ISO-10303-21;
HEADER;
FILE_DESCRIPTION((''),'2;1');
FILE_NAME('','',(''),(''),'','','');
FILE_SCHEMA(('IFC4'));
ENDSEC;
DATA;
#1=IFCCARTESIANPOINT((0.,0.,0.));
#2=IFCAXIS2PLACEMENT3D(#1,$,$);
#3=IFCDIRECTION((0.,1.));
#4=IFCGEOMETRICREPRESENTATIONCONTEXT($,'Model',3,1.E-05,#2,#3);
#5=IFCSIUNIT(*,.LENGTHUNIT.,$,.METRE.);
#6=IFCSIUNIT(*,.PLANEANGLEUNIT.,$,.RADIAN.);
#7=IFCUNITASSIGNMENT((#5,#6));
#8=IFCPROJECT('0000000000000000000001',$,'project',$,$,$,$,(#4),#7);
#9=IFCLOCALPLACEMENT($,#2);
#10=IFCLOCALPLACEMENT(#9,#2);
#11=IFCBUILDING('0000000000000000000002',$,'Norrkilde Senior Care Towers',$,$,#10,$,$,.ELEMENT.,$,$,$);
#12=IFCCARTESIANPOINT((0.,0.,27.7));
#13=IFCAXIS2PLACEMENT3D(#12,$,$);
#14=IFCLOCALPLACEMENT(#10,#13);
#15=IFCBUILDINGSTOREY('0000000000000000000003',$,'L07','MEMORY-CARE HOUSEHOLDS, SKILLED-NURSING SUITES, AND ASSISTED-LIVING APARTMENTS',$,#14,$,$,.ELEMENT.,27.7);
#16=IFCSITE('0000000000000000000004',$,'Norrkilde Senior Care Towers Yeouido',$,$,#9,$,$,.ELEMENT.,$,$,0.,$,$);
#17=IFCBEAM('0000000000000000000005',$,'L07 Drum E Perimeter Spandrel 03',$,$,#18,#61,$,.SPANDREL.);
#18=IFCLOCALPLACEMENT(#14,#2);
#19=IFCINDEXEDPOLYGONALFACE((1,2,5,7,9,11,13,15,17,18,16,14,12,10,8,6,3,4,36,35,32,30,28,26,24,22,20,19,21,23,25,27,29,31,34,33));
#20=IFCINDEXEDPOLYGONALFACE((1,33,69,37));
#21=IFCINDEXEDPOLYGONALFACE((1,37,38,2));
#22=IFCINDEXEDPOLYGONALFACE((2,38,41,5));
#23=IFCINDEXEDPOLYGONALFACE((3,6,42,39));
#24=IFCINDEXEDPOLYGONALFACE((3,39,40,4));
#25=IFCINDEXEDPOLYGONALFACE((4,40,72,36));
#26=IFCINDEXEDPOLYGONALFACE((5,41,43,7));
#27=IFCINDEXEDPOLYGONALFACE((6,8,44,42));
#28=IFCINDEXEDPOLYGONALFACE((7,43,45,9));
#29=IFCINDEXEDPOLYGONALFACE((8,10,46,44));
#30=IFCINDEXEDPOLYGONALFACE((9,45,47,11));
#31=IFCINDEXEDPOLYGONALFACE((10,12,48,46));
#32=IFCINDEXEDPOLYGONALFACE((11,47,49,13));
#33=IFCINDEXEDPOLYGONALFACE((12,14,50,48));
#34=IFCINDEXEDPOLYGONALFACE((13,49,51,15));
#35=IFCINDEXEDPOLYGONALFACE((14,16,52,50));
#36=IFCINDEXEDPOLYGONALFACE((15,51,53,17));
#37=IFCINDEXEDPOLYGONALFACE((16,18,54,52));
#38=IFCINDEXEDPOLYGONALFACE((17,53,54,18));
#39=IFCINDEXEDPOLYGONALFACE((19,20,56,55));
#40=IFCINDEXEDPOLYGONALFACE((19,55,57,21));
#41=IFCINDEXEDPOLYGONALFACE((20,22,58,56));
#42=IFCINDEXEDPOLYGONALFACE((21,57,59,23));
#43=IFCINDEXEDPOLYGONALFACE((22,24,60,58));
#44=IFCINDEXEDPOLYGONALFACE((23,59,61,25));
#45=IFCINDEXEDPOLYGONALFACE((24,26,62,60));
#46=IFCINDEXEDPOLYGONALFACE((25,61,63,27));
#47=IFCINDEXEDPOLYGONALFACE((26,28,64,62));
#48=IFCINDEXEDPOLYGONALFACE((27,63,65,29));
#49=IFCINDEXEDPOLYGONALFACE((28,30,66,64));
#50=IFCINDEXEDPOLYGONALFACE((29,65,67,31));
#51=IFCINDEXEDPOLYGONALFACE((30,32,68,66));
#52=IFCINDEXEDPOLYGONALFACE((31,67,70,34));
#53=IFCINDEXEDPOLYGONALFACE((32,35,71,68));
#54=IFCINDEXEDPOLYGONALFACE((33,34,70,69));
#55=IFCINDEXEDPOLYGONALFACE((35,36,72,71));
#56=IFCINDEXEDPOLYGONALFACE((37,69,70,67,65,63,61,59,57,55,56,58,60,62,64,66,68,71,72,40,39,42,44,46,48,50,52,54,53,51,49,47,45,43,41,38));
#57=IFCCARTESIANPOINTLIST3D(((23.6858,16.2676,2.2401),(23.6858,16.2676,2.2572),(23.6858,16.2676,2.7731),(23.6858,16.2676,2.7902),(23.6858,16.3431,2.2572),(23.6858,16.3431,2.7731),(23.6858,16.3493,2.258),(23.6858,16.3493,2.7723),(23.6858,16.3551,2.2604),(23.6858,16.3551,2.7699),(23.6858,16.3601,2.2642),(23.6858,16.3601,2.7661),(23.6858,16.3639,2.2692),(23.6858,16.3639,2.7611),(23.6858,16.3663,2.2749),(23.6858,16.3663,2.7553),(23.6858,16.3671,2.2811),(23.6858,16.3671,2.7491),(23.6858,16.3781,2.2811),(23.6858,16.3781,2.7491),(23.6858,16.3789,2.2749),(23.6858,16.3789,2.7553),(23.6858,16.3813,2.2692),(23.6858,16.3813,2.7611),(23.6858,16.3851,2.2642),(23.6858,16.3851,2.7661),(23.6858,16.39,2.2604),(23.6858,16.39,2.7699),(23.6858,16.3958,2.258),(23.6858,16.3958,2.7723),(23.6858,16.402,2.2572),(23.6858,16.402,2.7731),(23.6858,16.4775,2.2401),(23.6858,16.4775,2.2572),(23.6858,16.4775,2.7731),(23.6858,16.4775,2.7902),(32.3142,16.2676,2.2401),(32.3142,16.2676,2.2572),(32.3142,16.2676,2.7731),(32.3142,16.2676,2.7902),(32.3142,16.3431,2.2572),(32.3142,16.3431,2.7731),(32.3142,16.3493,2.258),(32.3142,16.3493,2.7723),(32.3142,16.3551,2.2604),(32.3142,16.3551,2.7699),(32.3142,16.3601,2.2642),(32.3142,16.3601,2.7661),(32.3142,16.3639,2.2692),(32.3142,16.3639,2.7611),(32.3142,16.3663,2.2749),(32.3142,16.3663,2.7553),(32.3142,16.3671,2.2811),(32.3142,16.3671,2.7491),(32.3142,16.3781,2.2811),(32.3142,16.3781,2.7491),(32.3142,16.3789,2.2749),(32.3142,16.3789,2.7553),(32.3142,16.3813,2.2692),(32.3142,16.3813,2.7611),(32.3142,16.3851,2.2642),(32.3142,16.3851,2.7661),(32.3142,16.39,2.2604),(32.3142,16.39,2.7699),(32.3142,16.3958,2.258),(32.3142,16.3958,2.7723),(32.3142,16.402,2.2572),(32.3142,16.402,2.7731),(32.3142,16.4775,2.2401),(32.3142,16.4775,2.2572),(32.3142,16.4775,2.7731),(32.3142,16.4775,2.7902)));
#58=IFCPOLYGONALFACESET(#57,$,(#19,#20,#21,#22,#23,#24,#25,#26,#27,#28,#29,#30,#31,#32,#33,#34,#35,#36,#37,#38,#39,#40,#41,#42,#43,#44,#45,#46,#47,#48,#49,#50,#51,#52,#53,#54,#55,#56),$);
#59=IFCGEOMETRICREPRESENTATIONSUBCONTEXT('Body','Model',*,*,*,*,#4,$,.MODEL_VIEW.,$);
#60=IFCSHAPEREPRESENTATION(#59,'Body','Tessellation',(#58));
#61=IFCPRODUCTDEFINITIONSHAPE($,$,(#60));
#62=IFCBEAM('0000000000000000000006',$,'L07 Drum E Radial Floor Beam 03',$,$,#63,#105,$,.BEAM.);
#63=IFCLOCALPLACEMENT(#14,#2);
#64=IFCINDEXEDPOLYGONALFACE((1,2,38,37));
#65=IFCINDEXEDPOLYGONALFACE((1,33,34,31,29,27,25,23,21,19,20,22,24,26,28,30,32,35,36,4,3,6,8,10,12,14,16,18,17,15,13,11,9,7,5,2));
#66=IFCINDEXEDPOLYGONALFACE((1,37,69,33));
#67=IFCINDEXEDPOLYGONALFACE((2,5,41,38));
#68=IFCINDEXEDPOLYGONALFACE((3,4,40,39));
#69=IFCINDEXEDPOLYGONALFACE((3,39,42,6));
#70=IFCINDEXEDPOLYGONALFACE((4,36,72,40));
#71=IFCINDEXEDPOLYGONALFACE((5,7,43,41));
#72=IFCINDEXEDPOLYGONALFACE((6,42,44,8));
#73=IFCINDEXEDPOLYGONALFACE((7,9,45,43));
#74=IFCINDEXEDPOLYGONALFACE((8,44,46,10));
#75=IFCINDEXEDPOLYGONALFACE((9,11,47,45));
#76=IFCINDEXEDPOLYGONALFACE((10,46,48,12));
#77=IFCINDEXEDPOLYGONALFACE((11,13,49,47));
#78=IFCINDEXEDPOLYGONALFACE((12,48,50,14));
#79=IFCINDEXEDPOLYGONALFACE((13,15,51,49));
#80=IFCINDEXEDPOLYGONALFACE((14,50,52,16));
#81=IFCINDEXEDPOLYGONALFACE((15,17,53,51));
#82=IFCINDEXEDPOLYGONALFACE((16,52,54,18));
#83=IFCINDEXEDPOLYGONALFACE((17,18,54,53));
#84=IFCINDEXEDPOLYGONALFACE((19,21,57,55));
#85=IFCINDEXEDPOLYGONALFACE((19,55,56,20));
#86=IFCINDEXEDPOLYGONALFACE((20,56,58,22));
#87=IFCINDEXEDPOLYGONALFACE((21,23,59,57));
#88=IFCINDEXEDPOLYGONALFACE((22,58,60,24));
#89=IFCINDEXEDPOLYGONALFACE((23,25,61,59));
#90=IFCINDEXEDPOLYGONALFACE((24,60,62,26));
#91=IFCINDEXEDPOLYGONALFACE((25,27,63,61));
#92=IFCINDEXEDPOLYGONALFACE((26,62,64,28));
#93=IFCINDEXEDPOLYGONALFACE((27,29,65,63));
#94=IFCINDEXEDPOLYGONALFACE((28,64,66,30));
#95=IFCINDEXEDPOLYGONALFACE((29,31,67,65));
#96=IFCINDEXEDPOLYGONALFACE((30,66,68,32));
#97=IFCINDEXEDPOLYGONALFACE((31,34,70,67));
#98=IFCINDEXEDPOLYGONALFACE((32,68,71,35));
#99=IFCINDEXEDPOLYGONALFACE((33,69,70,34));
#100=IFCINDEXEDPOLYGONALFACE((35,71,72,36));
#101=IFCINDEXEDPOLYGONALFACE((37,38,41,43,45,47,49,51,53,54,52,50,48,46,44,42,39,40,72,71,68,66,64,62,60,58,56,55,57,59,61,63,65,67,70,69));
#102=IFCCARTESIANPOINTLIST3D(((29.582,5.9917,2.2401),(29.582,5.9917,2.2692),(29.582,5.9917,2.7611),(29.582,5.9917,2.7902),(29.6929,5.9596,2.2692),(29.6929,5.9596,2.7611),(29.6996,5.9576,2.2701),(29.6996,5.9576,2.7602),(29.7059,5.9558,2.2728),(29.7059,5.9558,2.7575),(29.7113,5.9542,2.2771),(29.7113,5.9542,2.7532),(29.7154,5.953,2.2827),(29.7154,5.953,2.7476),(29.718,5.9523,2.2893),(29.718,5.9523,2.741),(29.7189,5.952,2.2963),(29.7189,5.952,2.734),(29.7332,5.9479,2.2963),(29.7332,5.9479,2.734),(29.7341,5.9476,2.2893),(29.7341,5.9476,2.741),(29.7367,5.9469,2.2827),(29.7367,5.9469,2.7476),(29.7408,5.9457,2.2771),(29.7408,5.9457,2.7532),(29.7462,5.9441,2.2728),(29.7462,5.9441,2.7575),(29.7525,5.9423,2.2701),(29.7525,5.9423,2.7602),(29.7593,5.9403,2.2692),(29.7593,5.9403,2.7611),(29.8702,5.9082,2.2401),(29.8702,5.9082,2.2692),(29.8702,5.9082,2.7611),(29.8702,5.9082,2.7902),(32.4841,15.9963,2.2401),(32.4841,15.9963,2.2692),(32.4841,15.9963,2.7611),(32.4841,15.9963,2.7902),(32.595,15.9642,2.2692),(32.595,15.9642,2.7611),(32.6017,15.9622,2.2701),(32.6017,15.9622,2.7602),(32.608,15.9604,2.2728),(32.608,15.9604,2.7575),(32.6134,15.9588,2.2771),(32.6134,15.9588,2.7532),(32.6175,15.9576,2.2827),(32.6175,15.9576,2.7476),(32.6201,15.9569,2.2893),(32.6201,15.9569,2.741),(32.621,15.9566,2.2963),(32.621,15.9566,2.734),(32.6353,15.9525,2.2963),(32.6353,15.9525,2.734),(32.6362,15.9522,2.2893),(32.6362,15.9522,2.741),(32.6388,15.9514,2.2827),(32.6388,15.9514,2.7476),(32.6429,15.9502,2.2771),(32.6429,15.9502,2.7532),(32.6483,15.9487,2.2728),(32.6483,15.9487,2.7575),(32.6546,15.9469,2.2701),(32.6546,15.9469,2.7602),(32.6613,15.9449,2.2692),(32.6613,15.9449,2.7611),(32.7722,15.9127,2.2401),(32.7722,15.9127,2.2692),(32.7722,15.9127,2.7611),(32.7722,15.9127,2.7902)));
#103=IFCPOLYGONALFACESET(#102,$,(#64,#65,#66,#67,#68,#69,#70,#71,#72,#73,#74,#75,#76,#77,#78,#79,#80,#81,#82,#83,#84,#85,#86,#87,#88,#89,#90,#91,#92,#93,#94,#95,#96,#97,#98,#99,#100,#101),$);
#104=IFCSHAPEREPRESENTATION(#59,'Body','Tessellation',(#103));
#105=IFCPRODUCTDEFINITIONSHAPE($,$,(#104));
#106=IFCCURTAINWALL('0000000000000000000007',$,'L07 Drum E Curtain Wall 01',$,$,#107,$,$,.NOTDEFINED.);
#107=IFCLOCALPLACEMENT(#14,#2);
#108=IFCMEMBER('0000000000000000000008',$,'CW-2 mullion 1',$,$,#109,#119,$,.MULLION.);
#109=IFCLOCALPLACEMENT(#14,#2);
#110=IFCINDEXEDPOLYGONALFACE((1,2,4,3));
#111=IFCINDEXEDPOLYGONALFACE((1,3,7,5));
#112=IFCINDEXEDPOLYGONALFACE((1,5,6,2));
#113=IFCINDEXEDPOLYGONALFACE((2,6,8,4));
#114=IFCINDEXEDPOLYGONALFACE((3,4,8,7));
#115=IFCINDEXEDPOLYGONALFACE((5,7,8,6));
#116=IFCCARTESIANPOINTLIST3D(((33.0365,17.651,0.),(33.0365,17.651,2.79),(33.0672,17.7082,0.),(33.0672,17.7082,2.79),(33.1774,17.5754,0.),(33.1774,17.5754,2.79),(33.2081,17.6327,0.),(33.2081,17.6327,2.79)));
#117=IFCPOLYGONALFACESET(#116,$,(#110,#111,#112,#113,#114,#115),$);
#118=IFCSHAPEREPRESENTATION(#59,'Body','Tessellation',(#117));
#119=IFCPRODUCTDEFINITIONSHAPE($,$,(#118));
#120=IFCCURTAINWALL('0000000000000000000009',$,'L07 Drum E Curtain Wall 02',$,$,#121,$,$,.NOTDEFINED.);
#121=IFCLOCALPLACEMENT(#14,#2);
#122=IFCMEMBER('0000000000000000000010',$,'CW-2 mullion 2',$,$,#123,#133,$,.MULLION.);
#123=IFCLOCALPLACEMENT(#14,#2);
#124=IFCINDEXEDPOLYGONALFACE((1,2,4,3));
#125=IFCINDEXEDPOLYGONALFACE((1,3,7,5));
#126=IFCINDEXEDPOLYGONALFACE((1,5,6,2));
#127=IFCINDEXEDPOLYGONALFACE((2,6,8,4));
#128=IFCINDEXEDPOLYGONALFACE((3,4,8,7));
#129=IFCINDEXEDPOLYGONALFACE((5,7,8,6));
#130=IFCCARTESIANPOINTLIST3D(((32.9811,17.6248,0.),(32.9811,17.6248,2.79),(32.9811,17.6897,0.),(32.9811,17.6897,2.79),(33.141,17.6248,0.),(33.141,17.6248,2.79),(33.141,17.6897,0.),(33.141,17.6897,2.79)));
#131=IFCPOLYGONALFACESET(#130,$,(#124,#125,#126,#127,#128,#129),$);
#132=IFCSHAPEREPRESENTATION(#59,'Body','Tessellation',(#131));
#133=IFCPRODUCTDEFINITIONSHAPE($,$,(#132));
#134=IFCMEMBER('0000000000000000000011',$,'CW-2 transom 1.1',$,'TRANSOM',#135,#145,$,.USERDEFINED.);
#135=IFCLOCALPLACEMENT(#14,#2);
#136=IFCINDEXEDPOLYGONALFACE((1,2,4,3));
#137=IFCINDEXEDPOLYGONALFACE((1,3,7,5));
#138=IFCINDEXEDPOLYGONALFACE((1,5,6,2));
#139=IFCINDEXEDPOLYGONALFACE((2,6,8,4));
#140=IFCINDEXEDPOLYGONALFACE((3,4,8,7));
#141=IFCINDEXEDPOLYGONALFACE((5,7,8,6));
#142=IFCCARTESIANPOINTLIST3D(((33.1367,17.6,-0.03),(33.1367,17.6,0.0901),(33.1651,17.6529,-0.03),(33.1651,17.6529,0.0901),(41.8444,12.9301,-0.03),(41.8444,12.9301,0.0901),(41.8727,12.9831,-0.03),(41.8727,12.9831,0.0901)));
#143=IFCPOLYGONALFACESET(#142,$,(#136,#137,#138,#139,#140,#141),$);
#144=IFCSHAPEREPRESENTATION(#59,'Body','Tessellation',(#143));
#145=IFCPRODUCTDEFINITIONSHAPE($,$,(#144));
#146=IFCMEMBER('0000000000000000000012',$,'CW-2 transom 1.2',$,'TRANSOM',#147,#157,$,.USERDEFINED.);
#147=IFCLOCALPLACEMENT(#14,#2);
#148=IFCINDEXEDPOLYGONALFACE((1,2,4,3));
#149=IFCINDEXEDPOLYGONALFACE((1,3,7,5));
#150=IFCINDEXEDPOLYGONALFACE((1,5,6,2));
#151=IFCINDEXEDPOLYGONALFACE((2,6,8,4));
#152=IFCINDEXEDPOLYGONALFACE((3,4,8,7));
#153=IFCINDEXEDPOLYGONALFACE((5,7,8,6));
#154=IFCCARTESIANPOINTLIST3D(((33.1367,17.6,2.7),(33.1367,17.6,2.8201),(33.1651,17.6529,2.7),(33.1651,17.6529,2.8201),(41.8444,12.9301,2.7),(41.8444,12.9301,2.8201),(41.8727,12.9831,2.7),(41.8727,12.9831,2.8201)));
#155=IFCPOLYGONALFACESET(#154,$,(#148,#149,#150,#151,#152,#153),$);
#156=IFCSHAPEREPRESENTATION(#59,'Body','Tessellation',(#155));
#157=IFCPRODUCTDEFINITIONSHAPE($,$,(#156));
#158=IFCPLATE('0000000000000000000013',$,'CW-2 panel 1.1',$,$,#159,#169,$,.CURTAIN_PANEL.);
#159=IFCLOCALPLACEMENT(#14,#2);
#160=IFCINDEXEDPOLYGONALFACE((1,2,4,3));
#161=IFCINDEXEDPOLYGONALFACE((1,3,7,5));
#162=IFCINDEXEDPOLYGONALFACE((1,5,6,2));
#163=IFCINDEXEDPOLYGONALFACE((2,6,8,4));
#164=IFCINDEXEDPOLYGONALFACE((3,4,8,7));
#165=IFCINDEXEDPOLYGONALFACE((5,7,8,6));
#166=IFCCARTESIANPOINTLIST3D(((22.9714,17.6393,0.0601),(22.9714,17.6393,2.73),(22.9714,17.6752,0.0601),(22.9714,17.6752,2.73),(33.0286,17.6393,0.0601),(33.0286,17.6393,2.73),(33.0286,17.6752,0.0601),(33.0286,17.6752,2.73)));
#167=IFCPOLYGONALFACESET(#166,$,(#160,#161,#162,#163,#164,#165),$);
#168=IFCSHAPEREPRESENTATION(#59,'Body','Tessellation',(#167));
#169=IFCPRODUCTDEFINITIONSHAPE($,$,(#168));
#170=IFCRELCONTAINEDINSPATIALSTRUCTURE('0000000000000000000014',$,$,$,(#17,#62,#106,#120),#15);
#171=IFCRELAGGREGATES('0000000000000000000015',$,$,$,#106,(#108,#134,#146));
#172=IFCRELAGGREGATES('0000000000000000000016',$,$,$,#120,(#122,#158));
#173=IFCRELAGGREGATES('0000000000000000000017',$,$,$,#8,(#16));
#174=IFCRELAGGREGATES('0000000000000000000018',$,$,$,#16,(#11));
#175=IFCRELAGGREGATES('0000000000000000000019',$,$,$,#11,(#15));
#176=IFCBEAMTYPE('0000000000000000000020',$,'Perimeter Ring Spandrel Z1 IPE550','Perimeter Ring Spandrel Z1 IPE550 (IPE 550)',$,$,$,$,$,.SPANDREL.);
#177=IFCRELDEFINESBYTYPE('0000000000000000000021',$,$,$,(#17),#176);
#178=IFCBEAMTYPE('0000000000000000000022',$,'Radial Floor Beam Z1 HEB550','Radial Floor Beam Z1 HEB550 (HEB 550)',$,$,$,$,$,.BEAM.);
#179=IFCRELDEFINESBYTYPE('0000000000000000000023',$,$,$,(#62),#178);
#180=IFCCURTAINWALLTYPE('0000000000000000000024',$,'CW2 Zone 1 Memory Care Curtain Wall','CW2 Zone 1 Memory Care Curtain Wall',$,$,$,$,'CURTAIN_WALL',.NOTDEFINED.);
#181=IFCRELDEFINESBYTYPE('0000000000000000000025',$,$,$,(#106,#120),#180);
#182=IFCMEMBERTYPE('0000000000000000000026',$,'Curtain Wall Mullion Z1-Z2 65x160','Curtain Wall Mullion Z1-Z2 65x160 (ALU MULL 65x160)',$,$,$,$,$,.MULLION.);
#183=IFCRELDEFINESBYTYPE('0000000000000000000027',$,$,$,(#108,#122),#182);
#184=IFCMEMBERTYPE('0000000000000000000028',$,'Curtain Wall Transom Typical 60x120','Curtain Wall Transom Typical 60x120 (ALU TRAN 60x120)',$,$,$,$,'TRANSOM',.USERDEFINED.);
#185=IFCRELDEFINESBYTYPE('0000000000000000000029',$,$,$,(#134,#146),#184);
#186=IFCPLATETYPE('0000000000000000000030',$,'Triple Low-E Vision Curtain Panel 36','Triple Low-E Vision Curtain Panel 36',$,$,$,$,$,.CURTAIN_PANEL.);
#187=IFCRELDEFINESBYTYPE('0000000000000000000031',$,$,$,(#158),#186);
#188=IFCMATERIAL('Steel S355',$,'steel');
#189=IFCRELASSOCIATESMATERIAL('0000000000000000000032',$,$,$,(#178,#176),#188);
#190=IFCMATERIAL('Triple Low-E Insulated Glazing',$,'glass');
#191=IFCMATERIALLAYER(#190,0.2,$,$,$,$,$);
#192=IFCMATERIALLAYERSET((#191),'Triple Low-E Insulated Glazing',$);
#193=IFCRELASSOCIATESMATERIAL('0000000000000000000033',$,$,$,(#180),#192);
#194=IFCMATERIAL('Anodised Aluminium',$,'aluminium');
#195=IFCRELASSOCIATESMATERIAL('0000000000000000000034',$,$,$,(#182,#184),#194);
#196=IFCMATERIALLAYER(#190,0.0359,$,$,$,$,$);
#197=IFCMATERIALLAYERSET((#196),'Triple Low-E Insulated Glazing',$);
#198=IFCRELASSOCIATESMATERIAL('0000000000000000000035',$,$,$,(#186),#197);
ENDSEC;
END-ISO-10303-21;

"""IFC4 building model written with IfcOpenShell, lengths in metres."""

from ifc_helpers import new_model, si_unit, direction, frame, origin, origin_2d, place, context, subcontext, project, spatial, rectangle, i_section, extrude, source, transform, mapped, material, layer, layer_set, material_profile, profile_set, type_object, type_shapes, element, aggregate, save


model = new_model("IFC4")

# Units and contexts
model_context = context("Model", 3, precision=1e-05, world=origin(), true_north=direction((0.0, 1.0)))
body_context = subcontext(model_context, "Body", "Model", "MODEL_VIEW")
ifc_project = project(units=[si_unit("LENGTHUNIT", "METRE"), si_unit("PLANEANGLEUNIT", "RADIAN")], contexts=[model_context])

# Site, building, storey
site_placement = place(None, origin())
site = spatial("IfcSite", under=ifc_project, at=site_placement, Name="Norrkilde Senior Care Towers Yeouido", CompositionType="ELEMENT", RefElevation=0.0)
building_placement = place(site_placement, origin())
building = spatial("IfcBuilding", under=site, at=building_placement, Name="Norrkilde Senior Care Towers", CompositionType="ELEMENT")
storey_placement = place(building_placement, frame((0.0, 0.0, 27.7)))
storey = spatial("IfcBuildingStorey", under=building, at=storey_placement, Name="L07", Description="MEMORY-CARE HOUSEHOLDS, SKILLED-NURSING SUITES, AND ASSISTED-LIVING APARTMENTS", CompositionType="ELEMENT", Elevation=27.7)

# Beams
ifc_material_1 = material(Name="Steel S355", Category="steel")
ifc_material_profile_1 = material_profile(ifc_material_1, i_section(OverallWidth=0.3, OverallDepth=0.55, WebThickness=0.0149, FlangeThickness=0.0291, FilletRadius=0.0271, at=origin_2d()), Name="HEB 550")
ifc_profile_set_1 = profile_set([ifc_material_profile_1], Name="Steel S355")
beam_type_1 = type_object("IfcBeamType", Name="Radial Floor Beam Z1 HEB550", Description="Radial Floor Beam Z1 HEB550 (HEB 550)", PredefinedType="BEAM", material=ifc_profile_set_1)
ifc_material_profile_2 = material_profile(ifc_material_1, i_section(OverallWidth=0.21, OverallDepth=0.55, WebThickness=0.011, FlangeThickness=0.0171, FilletRadius=0.0239, at=origin_2d()), Name="IPE 550")
ifc_profile_set_2 = profile_set([ifc_material_profile_2], Name="Steel S355")
beam_type_2 = type_object("IfcBeamType", Name="Perimeter Ring Spandrel Z1 IPE550", Description="Perimeter Ring Spandrel Z1 IPE550 (IPE 550)", PredefinedType="SPANDREL", material=ifc_profile_set_2)
shared_shape_1 = source(origin(), body_context, "Body", "SweptSolid", [
    extrude(i_section(OverallWidth=0.21, OverallDepth=0.55, WebThickness=0.011, FlangeThickness=0.0171, FilletRadius=0.0239, at=origin_2d()), origin(), (0.0, 0.0, 1.0), 8.6284),
])
type_shapes(beam_type_2, [shared_shape_1])
beam_1_placement = place(storey_placement, frame((32.3142, 16.3726, 2.5151), z_axis=(-1.0, 0.0, 0.0), x_axis=(0.0, -1.0, 0.0)))
element("IfcBeam", 1, at=beam_1_placement, inside=storey, type_object=beam_type_2, Name="L07 Drum E Perimeter Spandrel 03", PredefinedType="SPANDREL", context=body_context, shape_type="MappedRepresentation", body=[
    mapped(shared_shape_1, transform((0.0, 0.0, 0.0), x_axis=(1.0, 0.0, 0.0), y_axis=(0.0, 1.0, 0.0), z_axis=(0.0, 0.0, 1.0), scale=1.0)),
])
shared_shape_2 = source(origin(), body_context, "Body", "SweptSolid", [
    extrude(i_section(OverallWidth=0.3, OverallDepth=0.55, WebThickness=0.0149, FlangeThickness=0.0291, FilletRadius=0.0271, at=origin_2d()), origin(), (0.0, 0.0, 1.0), 10.417),
])
beam_2_placement = place(storey_placement, frame((29.7261, 5.95, 2.5151), z_axis=(0.278591, 0.96041, 0.0), x_axis=(-0.96041, 0.278591, 0.0)))
element("IfcBeam", 2, at=beam_2_placement, inside=storey, type_object=beam_type_1, Name="L07 Drum E Radial Floor Beam 03", PredefinedType="BEAM", context=body_context, shape_type="MappedRepresentation", body=[
    mapped(shared_shape_2, transform((0.0, 0.0, 0.0), x_axis=(1.0, 0.0, 0.0), y_axis=(0.0, 1.0, 0.0), z_axis=(0.0, 0.0, 1.0), scale=1.0)),
])

# Curtain walls, members
ifc_material_2 = material(Name="Triple Low-E Insulated Glazing", Category="glass")
ifc_layer_1 = layer(ifc_material_2, 0.2)
ifc_layer_set_1 = layer_set([ifc_layer_1], Name="Triple Low-E Insulated Glazing")
curtain_wall_type = type_object("IfcCurtainWallType", Name="CW2 Zone 1 Memory Care Curtain Wall", Description="CW2 Zone 1 Memory Care Curtain Wall", ElementType="CURTAIN_WALL", PredefinedType="NOTDEFINED", material=ifc_layer_set_1)
curtain_wall_1_placement = place(storey_placement, origin())
curtain_wall_1 = element("IfcCurtainWall", 3, at=curtain_wall_1_placement, inside=storey, type_object=curtain_wall_type, Name="L07 Drum E Curtain Wall 01", PredefinedType="NOTDEFINED")
ifc_material_3 = material(Name="Anodised Aluminium", Category="aluminium")
ifc_material_profile_3 = material_profile(ifc_material_3, rectangle(XDim=0.0649, YDim=0.1599, at=origin_2d()), Name="ALU MULL 65x160")
ifc_profile_set_3 = profile_set([ifc_material_profile_3], Name="Anodised Aluminium")
member_type_1 = type_object("IfcMemberType", Name="Curtain Wall Mullion Z1-Z2 65x160", Description="Curtain Wall Mullion Z1-Z2 65x160 (ALU MULL 65x160)", PredefinedType="MULLION", material=ifc_profile_set_3)
shared_shape_3 = source(origin(), body_context, "Body", "SweptSolid", [
    extrude(rectangle(XDim=0.0649, YDim=0.1599, at=origin_2d()), origin(), (0.0, 0.0, 1.0), 2.79),
])
type_shapes(member_type_1, [shared_shape_3])
member_1_placement = place(storey_placement, frame((33.1223, 17.6418, 0.0), z_axis=(0.0, 0.0, 1.0), x_axis=(0.472608, 0.881273, 0.0)))
member_1 = element("IfcMember", 4, at=member_1_placement, type_object=member_type_1, Name="CW-2 mullion 1", PredefinedType="MULLION", context=body_context, shape_type="MappedRepresentation", body=[
    mapped(shared_shape_3, transform((0.0, 0.0, 0.0), x_axis=(1.0, 0.0, 0.0), y_axis=(0.0, 1.0, 0.0), z_axis=(0.0, 0.0, 1.0), scale=1.0)),
])
curtain_wall_2_placement = place(storey_placement, origin())
curtain_wall_2 = element("IfcCurtainWall", 5, at=curtain_wall_2_placement, inside=storey, type_object=curtain_wall_type, Name="L07 Drum E Curtain Wall 02", PredefinedType="NOTDEFINED")
member_2_placement = place(storey_placement, frame((33.061, 17.6572, 0.0), z_axis=(0.0, 0.0, 1.0), x_axis=(0.0, 1.0, 0.0)))
member_2 = element("IfcMember", 6, at=member_2_placement, type_object=member_type_1, Name="CW-2 mullion 2", PredefinedType="MULLION", context=body_context, shape_type="MappedRepresentation", body=[
    mapped(shared_shape_3, transform((0.0, 0.0, 0.0), x_axis=(1.0, 0.0, 0.0), y_axis=(0.0, 1.0, 0.0), z_axis=(0.0, 0.0, 1.0), scale=1.0)),
])

# Members
ifc_material_profile_4 = material_profile(ifc_material_3, rectangle(XDim=0.0601, YDim=0.1201, at=origin_2d()), Name="ALU TRAN 60x120")
ifc_profile_set_4 = profile_set([ifc_material_profile_4], Name="Anodised Aluminium")
member_type_2 = type_object("IfcMemberType", Name="Curtain Wall Transom Typical 60x120", Description="Curtain Wall Transom Typical 60x120 (ALU TRAN 60x120)", ElementType="TRANSOM", PredefinedType="USERDEFINED", material=ifc_profile_set_4)
shared_shape_4 = source(origin(), body_context, "Body", "SweptSolid", [
    extrude(rectangle(XDim=0.0601, YDim=0.1201, at=origin_2d()), origin(), (0.0, 0.0, 1.0), 9.8809),
])
type_shapes(member_type_2, [shared_shape_4])
member_3_placement = place(storey_placement, frame((33.1509, 17.6265, 0.03), z_axis=(0.881267, -0.472618, 0.0), x_axis=(0.472618, 0.881267, 0.0)))
member_3 = element("IfcMember", 7, at=member_3_placement, type_object=member_type_2, Name="CW-2 transom 1.1", ObjectType="TRANSOM", PredefinedType="USERDEFINED", context=body_context, shape_type="MappedRepresentation", body=[
    mapped(shared_shape_4, transform((0.0, 0.0, 0.0), x_axis=(1.0, 0.0, 0.0), y_axis=(0.0, 1.0, 0.0), z_axis=(0.0, 0.0, 1.0), scale=1.0)),
])
member_4_placement = place(storey_placement, frame((33.1509, 17.6265, 2.76), z_axis=(0.881267, -0.472618, 0.0), x_axis=(0.472618, 0.881267, 0.0)))
member_4 = element("IfcMember", 8, at=member_4_placement, type_object=member_type_2, Name="CW-2 transom 1.2", ObjectType="TRANSOM", PredefinedType="USERDEFINED", context=body_context, shape_type="MappedRepresentation", body=[
    mapped(shared_shape_4, transform((0.0, 0.0, 0.0), x_axis=(1.0, 0.0, 0.0), y_axis=(0.0, 1.0, 0.0), z_axis=(0.0, 0.0, 1.0), scale=1.0)),
])
aggregate(curtain_wall_1, [member_1, member_3, member_4])

# Plate
ifc_layer_2 = layer(ifc_material_2, 0.0359)
ifc_layer_set_2 = layer_set([ifc_layer_2], Name="Triple Low-E Insulated Glazing")
plate_type = type_object("IfcPlateType", Name="Triple Low-E Vision Curtain Panel 36", Description="Triple Low-E Vision Curtain Panel 36", PredefinedType="CURTAIN_PANEL", material=ifc_layer_set_2)
shared_shape_5 = source(origin(), body_context, "Body", "SweptSolid", [
    extrude(rectangle(XDim=10.0571, YDim=0.0359, at=origin_2d()), origin(), (0.0, 0.0, 1.0), 2.6699),
])
type_shapes(plate_type, [shared_shape_5])
plate_placement = place(storey_placement, frame((28.0, 17.6572, 0.0601), z_axis=(0.0, 0.0, 1.0), x_axis=(1.0, 0.0, 0.0)))
plate = element("IfcPlate", 9, at=plate_placement, type_object=plate_type, Name="CW-2 panel 1.1", PredefinedType="CURTAIN_PANEL", context=body_context, shape_type="MappedRepresentation", body=[
    mapped(shared_shape_5, transform((0.0, 0.0, 0.0), x_axis=(1.0, 0.0, 0.0), y_axis=(0.0, 1.0, 0.0), z_axis=(0.0, 0.0, 1.0), scale=1.0)),
])
aggregate(curtain_wall_2, [member_2, plate])

save(model, "model.ifc")
